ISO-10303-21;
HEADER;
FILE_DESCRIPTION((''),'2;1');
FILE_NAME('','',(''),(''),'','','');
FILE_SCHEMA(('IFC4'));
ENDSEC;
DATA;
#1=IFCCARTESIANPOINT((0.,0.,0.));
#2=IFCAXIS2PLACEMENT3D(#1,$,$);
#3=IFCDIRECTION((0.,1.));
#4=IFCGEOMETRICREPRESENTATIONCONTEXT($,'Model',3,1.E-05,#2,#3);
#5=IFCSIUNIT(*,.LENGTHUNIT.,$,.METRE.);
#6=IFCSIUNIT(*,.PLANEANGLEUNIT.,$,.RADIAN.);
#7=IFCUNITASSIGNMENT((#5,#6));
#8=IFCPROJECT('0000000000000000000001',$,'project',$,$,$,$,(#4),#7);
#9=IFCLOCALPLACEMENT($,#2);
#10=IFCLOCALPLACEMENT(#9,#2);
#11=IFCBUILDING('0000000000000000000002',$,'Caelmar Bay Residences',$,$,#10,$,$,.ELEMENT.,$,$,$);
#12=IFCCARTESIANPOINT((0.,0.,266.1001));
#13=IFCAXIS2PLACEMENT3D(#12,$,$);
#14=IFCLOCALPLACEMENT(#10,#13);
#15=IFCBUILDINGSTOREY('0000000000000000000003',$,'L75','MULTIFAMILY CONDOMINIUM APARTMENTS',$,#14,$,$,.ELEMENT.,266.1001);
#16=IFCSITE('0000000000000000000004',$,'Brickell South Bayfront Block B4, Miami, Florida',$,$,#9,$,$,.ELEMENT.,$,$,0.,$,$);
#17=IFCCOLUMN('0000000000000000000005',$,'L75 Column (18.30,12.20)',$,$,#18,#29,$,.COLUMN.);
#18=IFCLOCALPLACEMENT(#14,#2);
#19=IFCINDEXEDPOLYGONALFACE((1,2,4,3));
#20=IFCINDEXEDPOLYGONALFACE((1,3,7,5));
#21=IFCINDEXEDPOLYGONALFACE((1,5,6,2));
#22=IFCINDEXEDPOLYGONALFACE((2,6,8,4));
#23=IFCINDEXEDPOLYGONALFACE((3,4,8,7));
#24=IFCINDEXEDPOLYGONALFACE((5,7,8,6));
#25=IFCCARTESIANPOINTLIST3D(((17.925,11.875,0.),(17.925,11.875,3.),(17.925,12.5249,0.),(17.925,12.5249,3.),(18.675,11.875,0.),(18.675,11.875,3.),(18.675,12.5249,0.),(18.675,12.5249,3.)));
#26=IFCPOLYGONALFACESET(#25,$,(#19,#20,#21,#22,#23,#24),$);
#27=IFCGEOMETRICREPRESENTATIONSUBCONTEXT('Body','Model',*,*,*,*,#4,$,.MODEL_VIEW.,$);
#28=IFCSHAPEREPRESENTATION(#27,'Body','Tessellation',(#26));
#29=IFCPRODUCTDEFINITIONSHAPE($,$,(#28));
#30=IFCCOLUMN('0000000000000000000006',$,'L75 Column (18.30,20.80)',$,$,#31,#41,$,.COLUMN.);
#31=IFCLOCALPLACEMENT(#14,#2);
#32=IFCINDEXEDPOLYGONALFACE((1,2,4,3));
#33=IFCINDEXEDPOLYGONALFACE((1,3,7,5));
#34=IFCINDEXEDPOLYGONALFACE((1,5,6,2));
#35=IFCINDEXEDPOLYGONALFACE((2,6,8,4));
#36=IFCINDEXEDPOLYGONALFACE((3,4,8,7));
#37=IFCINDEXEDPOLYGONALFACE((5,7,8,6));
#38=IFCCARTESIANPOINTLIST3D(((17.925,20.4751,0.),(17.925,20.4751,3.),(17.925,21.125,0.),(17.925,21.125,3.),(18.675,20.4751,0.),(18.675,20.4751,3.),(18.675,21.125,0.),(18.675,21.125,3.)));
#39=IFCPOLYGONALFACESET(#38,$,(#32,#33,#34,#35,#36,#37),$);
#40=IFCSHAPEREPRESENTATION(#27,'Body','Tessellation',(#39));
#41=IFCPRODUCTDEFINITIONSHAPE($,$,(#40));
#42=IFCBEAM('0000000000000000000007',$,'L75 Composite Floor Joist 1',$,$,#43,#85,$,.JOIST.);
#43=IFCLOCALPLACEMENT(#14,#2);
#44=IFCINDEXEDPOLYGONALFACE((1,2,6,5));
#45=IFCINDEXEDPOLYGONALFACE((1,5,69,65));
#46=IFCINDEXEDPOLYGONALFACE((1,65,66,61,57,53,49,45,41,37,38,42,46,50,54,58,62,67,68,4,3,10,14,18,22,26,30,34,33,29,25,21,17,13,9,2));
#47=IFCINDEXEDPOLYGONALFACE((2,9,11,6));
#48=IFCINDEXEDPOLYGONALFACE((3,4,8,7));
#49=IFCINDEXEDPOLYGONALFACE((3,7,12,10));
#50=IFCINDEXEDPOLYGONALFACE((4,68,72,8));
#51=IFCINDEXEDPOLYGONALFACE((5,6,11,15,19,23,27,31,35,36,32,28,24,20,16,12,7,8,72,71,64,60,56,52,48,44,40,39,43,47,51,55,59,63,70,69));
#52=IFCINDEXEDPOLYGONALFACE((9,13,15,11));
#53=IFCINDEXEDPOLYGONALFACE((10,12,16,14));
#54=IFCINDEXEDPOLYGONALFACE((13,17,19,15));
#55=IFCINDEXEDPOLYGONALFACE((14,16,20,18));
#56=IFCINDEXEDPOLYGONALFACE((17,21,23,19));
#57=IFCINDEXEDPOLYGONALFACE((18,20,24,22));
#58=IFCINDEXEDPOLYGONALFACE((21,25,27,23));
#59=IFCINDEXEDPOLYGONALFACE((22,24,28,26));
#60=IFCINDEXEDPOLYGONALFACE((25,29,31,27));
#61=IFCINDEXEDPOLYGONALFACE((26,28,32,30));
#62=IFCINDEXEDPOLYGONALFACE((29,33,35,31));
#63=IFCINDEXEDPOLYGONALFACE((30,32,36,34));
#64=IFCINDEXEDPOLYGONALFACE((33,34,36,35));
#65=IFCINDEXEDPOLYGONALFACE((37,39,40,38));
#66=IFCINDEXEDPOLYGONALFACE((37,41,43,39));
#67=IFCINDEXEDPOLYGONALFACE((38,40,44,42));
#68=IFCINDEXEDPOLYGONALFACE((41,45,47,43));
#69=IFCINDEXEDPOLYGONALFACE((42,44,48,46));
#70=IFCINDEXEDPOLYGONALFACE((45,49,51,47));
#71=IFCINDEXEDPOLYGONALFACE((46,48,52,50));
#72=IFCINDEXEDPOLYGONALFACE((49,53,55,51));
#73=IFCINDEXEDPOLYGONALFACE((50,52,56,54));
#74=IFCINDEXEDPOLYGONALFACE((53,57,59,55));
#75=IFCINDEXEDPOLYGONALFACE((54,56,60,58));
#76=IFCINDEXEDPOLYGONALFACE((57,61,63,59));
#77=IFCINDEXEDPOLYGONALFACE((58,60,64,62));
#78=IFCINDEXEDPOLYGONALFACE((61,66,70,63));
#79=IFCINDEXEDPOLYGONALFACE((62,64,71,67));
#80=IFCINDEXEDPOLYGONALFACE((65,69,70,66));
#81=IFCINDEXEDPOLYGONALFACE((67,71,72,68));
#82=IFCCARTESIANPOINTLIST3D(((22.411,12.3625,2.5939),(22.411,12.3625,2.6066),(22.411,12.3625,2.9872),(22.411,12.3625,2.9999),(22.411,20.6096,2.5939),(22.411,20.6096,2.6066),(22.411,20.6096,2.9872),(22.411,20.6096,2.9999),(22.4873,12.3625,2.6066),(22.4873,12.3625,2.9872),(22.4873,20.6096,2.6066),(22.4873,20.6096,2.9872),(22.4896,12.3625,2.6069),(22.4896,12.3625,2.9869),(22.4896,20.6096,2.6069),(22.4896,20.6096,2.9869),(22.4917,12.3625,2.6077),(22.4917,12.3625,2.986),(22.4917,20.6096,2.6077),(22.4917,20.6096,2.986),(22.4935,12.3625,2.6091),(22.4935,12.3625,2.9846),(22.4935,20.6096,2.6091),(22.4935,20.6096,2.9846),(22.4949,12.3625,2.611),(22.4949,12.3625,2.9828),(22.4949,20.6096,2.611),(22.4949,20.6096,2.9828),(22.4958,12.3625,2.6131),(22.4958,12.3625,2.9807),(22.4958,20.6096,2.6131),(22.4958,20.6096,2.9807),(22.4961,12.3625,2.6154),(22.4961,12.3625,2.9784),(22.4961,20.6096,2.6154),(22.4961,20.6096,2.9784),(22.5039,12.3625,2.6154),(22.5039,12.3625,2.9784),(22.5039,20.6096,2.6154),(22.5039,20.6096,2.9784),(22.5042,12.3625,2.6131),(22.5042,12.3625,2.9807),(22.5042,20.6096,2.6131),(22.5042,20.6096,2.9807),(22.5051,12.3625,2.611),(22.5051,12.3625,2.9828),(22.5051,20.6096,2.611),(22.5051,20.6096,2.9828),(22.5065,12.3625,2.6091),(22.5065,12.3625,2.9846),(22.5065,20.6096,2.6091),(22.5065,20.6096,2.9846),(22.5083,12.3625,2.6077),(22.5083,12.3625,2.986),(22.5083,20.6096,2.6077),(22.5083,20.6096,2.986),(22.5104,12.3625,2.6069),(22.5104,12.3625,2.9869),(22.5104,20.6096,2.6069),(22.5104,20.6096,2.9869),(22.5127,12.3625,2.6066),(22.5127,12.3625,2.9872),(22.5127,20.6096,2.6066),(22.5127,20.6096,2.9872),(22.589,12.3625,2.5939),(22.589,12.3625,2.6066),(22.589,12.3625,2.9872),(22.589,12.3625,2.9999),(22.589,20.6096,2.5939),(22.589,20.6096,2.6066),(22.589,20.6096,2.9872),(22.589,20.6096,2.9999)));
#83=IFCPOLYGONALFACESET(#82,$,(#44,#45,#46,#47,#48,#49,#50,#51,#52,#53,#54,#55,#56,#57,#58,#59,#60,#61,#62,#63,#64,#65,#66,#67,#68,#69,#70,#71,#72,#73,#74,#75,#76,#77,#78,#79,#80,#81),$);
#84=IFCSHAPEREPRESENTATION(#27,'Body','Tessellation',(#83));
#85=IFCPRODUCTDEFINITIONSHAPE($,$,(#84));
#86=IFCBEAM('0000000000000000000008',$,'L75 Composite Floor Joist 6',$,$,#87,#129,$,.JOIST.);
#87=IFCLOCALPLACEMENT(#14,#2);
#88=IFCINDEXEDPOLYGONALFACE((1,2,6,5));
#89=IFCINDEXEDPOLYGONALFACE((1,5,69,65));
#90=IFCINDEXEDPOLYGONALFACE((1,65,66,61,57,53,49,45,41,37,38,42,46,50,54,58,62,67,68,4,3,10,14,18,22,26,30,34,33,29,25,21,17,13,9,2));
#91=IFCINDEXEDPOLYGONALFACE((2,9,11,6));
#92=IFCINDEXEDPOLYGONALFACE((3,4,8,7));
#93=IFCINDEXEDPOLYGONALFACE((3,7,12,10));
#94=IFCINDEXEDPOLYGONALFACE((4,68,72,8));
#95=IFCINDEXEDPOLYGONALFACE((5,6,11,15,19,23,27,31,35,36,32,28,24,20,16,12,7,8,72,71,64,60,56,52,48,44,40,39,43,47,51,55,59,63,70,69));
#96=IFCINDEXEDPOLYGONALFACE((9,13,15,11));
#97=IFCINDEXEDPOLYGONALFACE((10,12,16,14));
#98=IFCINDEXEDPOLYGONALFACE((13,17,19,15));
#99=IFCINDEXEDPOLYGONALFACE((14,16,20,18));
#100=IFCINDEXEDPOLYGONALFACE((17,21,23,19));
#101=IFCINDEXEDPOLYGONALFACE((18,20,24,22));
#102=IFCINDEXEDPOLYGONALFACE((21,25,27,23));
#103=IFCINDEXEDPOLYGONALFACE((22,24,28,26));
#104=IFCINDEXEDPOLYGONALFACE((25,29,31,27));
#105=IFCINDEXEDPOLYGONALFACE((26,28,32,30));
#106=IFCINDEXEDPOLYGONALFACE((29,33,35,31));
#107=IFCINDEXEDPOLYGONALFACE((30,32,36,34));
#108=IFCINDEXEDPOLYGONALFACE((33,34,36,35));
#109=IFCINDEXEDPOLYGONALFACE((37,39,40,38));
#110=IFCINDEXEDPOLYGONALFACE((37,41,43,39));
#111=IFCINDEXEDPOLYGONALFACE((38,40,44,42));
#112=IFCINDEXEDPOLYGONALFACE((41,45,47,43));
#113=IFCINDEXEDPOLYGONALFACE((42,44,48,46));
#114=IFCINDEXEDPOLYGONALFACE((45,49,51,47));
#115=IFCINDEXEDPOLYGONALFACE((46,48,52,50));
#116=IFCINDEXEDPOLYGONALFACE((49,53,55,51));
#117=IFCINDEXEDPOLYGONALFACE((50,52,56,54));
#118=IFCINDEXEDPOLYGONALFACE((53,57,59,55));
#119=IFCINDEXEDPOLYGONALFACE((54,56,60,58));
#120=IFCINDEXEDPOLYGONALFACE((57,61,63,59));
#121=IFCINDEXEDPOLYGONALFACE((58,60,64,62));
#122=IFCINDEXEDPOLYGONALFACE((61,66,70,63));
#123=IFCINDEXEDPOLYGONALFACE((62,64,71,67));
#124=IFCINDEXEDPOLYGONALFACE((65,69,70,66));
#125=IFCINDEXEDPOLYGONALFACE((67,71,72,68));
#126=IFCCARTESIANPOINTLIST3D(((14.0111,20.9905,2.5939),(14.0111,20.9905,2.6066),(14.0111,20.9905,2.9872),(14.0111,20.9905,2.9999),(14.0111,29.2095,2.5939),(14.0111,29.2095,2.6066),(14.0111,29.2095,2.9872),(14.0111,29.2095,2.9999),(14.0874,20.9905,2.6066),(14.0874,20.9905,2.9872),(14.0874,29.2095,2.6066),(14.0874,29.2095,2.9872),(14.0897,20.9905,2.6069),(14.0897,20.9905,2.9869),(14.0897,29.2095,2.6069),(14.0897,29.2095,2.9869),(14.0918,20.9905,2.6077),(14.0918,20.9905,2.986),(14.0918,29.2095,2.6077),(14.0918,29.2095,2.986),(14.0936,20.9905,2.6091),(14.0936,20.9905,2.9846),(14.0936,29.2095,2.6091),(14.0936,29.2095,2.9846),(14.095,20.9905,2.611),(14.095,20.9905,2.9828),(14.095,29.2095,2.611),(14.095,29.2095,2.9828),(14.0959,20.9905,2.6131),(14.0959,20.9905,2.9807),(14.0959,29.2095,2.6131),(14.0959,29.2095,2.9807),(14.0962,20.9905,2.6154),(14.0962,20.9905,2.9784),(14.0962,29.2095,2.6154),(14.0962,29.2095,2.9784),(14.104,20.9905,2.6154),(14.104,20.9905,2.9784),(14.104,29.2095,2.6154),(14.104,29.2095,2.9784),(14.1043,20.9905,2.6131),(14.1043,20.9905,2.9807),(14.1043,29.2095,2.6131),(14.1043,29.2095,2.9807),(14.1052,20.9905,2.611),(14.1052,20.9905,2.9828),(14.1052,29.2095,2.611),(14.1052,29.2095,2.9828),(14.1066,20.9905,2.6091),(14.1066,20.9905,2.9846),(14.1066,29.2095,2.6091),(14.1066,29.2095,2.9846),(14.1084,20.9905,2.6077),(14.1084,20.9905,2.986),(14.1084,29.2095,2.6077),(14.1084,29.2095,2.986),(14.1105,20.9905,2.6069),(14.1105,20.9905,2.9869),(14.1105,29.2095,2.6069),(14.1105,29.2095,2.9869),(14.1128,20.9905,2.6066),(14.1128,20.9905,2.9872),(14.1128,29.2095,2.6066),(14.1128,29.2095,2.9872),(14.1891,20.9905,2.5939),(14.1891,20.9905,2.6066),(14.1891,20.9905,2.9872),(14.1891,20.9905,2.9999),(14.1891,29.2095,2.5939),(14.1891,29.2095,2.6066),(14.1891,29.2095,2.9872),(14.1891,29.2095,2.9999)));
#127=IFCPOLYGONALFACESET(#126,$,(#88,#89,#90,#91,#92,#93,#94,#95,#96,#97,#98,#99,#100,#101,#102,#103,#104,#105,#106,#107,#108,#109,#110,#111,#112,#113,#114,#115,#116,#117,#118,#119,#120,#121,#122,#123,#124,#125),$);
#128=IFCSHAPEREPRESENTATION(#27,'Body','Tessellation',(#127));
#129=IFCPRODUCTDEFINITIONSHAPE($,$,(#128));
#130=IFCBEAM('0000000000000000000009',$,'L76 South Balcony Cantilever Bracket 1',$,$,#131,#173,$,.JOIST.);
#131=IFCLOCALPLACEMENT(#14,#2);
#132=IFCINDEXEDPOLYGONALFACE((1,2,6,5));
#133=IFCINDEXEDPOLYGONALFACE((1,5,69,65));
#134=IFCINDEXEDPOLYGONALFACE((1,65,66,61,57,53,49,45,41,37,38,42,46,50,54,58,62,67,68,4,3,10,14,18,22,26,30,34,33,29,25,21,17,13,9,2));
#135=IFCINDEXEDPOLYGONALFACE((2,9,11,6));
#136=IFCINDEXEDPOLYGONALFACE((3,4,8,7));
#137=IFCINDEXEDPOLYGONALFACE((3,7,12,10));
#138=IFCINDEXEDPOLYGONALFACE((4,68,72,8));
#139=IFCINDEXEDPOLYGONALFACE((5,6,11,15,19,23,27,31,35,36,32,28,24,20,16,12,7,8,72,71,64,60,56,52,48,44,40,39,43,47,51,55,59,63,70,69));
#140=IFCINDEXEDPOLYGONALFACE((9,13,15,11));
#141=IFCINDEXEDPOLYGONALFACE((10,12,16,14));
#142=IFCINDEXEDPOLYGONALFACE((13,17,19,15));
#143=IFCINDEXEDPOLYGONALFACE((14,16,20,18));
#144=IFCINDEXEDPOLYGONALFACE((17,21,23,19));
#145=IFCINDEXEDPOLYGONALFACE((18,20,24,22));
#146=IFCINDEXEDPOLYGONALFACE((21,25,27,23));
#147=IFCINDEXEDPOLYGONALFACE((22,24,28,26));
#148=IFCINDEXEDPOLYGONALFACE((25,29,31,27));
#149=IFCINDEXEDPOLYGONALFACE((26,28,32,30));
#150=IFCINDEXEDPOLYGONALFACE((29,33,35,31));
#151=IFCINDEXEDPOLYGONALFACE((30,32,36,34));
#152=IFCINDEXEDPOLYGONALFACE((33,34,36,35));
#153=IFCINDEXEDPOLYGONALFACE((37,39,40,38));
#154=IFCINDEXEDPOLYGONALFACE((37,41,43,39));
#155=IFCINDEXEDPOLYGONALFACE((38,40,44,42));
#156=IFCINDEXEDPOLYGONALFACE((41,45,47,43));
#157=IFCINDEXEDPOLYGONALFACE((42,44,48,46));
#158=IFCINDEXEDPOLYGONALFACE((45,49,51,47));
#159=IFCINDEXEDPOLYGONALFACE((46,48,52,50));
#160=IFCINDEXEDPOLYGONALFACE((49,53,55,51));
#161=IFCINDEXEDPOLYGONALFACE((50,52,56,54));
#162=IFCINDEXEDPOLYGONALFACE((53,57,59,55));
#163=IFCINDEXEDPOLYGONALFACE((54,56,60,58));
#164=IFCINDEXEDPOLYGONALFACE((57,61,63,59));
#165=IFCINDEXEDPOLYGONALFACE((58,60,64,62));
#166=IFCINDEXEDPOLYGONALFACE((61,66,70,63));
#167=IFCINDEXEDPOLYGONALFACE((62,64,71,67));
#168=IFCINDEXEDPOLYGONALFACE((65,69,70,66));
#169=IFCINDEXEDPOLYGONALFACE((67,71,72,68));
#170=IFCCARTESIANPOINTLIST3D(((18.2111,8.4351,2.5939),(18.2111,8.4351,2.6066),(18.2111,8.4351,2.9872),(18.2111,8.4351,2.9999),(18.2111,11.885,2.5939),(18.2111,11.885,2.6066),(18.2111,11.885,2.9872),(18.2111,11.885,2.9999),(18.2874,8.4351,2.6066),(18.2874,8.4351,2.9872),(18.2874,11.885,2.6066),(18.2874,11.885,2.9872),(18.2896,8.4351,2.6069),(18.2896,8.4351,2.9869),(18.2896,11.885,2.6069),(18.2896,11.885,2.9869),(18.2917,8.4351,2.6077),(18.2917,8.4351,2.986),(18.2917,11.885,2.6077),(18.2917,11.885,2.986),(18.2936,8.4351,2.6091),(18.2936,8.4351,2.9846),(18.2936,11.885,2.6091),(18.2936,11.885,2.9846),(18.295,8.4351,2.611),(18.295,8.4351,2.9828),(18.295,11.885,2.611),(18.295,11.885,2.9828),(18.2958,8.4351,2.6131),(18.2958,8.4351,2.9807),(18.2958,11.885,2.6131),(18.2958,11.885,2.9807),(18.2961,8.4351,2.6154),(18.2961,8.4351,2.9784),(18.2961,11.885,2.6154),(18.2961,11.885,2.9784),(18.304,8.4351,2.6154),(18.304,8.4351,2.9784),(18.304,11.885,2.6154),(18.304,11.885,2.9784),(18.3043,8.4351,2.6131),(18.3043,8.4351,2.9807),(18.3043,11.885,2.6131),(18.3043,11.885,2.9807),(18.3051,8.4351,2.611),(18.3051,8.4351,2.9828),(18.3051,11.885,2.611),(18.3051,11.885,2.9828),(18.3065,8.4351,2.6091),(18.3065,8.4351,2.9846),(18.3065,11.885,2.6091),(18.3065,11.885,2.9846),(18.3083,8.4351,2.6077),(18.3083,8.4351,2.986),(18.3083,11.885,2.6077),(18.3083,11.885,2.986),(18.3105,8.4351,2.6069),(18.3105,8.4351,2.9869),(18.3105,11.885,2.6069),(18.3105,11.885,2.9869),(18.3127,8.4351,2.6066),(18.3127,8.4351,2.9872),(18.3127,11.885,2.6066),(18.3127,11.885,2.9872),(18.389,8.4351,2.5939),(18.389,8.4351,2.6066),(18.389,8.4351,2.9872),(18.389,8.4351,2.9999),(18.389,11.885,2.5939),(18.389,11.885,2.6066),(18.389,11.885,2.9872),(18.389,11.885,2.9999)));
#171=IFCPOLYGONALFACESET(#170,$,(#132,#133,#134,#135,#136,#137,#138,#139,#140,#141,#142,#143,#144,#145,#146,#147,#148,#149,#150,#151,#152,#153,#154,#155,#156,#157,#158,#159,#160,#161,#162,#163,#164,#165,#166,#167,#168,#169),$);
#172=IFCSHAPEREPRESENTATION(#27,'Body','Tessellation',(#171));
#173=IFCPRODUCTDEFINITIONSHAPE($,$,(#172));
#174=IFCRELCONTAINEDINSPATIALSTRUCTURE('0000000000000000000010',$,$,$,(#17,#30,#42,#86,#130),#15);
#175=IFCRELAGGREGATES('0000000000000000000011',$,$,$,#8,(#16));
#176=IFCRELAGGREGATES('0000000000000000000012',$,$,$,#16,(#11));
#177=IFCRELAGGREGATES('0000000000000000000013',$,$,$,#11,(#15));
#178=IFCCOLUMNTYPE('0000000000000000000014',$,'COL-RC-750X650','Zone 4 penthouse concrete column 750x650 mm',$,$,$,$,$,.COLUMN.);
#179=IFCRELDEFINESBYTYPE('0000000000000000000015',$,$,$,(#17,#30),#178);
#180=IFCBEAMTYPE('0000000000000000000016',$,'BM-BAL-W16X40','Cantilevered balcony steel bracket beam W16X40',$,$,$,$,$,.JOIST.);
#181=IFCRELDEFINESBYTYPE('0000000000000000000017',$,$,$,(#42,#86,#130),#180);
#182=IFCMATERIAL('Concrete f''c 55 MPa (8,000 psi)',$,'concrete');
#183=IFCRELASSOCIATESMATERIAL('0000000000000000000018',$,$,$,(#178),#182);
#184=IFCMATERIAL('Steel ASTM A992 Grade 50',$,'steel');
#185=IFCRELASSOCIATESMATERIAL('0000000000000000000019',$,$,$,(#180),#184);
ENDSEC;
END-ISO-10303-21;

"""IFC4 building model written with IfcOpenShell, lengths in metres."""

from ifc_helpers import new_model, si_unit, direction, frame, origin, origin_2d, place, context, subcontext, project, spatial, rectangle, i_section, extrude, material, material_profile, profile_set, type_object, element, save


model = new_model("IFC4")

# Units and contexts
model_context = context("Model", 3, precision=1e-05, world=origin(), true_north=direction((0.0, 1.0)))
body_context = subcontext(model_context, "Body", "Model", "MODEL_VIEW")
ifc_project = project(units=[si_unit("LENGTHUNIT", "METRE"), si_unit("PLANEANGLEUNIT", "RADIAN")], contexts=[model_context])

# Site, building, storey
site_placement = place(None, origin())
site = spatial("IfcSite", under=ifc_project, at=site_placement, Name="Brickell South Bayfront Block B4, Miami, Florida", CompositionType="ELEMENT", RefElevation=0.0)
building_placement = place(site_placement, origin())
building = spatial("IfcBuilding", under=site, at=building_placement, Name="Caelmar Bay Residences", CompositionType="ELEMENT")
storey_placement = place(building_placement, frame((0.0, 0.0, 266.1001)))
storey = spatial("IfcBuildingStorey", under=building, at=storey_placement, Name="L75", Description="MULTIFAMILY CONDOMINIUM APARTMENTS", CompositionType="ELEMENT", Elevation=266.1001)

# Columns
ifc_material_1 = material(Name="Concrete f'c 55 MPa (8,000 psi)", Category="concrete")
ifc_material_profile_1 = material_profile(ifc_material_1, rectangle(XDim=0.75, YDim=0.6499, at=origin_2d()), Name="RC-COL-750X650")
ifc_profile_set_1 = profile_set([ifc_material_profile_1], Name="Concrete f'c 55 MPa (8,000 psi)")
column_type = type_object("IfcColumnType", Name="COL-RC-750X650", Description="Zone 4 penthouse concrete column 750x650 mm", PredefinedType="COLUMN", material=ifc_profile_set_1)
for number, where, z_axis, x_axis, name in (
    (1, (18.3, 12.2, 0.0), (0.0, 0.0, 1.0), (1.0, 0.0, 0.0), "L75 Column (18.30,12.20)"),
    (2, (18.3, 20.8, 0.0), (0.0, 0.0, 1.0), (1.0, 0.0, 0.0), "L75 Column (18.30,20.80)"),
):
    element("IfcColumn", number, at=place(storey_placement, frame(where, z_axis=z_axis, x_axis=x_axis)), inside=storey, type_object=column_type, Name=name, PredefinedType="COLUMN", context=body_context, shape_type="SweptSolid", body=[
        extrude(rectangle(XDim=0.75, YDim=0.6499, at=origin_2d()), origin(), (0.0, 0.0, 1.0), 3.0),
    ])

# Beams
ifc_material_2 = material(Name="Steel ASTM A992 Grade 50", Category="steel")
ifc_material_profile_2 = material_profile(ifc_material_2, i_section(OverallWidth=0.178, OverallDepth=0.406, WebThickness=0.0078, FlangeThickness=0.0127, FilletRadius=0.0088, at=origin_2d()), Name="W16X40")
ifc_profile_set_2 = profile_set([ifc_material_profile_2], Name="Steel ASTM A992 Grade 50")
beam_type_1 = type_object("IfcBeamType", Name="BM-BAL-W16X40", Description="Cantilevered balcony steel bracket beam W16X40", PredefinedType="JOIST", material=ifc_profile_set_2)
beam_1_placement = place(storey_placement, frame((22.5, 12.3625, 2.7969), z_axis=(0.0, 1.0, 0.0), x_axis=(-1.0, 0.0, 0.0)))
element("IfcBeam", 3, at=beam_1_placement, inside=storey, type_object=beam_type_1, Name="L75 Composite Floor Joist 1", PredefinedType="JOIST", context=body_context, shape_type="SweptSolid", body=[
    extrude(i_section(OverallWidth=0.178, OverallDepth=0.406, WebThickness=0.0078, FlangeThickness=0.0127, FilletRadius=0.0088, at=origin_2d()), origin(), (0.0, 0.0, 1.0), 8.2471),
])
beam_2_placement = place(storey_placement, frame((14.1001, 20.9905, 2.7969), z_axis=(0.0, 1.0, 0.0), x_axis=(-1.0, 0.0, 0.0)))
element("IfcBeam", 4, at=beam_2_placement, inside=storey, type_object=beam_type_1, Name="L75 Composite Floor Joist 6", PredefinedType="JOIST", context=body_context, shape_type="SweptSolid", body=[
    extrude(i_section(OverallWidth=0.178, OverallDepth=0.406, WebThickness=0.0078, FlangeThickness=0.0127, FilletRadius=0.0088, at=origin_2d()), origin(), (0.0, 0.0, 1.0), 8.219),
])
beam_3_placement = place(storey_placement, frame((18.3, 11.885, 2.7969), z_axis=(0.0, -1.0, 0.0), x_axis=(1.0, 0.0, 0.0)))
element("IfcBeam", 5, at=beam_3_placement, inside=storey, type_object=beam_type_1, Name="L76 South Balcony Cantilever Bracket 1", PredefinedType="JOIST", context=body_context, shape_type="SweptSolid", body=[
    extrude(i_section(OverallWidth=0.178, OverallDepth=0.406, WebThickness=0.0078, FlangeThickness=0.0127, FilletRadius=0.0088, at=origin_2d()), origin(), (0.0, 0.0, 1.0), 3.45),
])

save(model, "model.ifc")
